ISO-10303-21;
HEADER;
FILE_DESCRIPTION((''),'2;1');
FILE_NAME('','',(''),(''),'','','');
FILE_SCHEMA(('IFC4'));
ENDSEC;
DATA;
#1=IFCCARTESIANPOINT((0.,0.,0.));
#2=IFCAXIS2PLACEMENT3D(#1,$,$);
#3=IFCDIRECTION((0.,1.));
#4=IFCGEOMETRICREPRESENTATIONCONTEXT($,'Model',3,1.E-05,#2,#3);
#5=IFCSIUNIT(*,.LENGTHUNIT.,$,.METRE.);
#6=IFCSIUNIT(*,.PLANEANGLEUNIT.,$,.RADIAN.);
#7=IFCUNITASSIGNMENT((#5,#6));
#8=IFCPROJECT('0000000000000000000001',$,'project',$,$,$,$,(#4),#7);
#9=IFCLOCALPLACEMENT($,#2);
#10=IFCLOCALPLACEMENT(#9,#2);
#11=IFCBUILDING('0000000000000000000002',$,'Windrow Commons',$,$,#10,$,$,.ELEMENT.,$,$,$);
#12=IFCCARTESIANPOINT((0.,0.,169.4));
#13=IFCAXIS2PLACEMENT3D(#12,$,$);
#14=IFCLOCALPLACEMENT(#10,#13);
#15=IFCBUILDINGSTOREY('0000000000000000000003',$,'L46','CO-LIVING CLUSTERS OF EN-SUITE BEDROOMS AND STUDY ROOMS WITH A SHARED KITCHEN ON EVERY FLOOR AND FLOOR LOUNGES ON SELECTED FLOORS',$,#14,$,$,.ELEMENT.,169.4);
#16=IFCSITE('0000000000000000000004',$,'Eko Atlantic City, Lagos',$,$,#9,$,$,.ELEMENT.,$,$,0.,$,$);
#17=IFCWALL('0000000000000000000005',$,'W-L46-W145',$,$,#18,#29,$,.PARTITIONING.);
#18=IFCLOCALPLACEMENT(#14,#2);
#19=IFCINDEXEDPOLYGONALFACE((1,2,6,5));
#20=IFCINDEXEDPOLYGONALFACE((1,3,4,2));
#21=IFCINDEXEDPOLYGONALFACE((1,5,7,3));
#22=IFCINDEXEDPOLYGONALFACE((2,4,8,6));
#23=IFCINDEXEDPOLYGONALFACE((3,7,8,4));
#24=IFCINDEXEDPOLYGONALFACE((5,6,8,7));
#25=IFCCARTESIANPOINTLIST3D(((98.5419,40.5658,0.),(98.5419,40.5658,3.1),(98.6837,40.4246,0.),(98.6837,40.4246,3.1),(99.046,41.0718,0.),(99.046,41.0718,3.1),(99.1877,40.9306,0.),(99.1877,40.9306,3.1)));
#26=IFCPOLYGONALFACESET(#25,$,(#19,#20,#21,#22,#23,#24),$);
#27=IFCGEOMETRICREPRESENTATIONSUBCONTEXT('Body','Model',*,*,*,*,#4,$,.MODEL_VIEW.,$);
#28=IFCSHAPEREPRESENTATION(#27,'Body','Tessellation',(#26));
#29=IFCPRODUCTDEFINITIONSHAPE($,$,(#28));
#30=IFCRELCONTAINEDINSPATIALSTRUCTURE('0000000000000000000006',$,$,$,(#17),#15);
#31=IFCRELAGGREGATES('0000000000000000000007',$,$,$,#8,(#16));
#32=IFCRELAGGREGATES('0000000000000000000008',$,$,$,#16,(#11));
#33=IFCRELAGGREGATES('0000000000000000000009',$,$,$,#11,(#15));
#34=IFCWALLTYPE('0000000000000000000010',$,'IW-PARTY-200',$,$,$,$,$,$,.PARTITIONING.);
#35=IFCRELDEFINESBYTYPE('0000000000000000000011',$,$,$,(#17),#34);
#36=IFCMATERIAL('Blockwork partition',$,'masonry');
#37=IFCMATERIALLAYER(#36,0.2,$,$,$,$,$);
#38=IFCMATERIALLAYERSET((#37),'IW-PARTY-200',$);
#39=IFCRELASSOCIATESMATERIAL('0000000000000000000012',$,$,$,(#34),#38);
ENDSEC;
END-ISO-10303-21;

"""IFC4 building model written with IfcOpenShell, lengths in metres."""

from ifc_helpers import new_model, si_unit, direction, frame, frame_2d, origin, place, context, subcontext, project, spatial, rectangle, extrude, material, layer, layer_set, type_object, element, save


model = new_model("IFC4")

# Units and contexts
model_context = context("Model", 3, precision=1e-05, world=origin(), true_north=direction((0.0, 1.0)))
body_context = subcontext(model_context, "Body", "Model", "MODEL_VIEW")
ifc_project = project(units=[si_unit("LENGTHUNIT", "METRE"), si_unit("PLANEANGLEUNIT", "RADIAN")], contexts=[model_context])

# Site, building, storey
site_placement = place(None, origin())
site = spatial("IfcSite", under=ifc_project, at=site_placement, Name="Eko Atlantic City, Lagos", CompositionType="ELEMENT", RefElevation=0.0)
building_placement = place(site_placement, origin())
building = spatial("IfcBuilding", under=site, at=building_placement, Name="Windrow Commons", CompositionType="ELEMENT")
storey_placement = place(building_placement, frame((0.0, 0.0, 169.4)))
storey = spatial("IfcBuildingStorey", under=building, at=storey_placement, Name="L46", Description="CO-LIVING CLUSTERS OF EN-SUITE BEDROOMS AND STUDY ROOMS WITH A SHARED KITCHEN ON EVERY FLOOR AND FLOOR LOUNGES ON SELECTED FLOORS", CompositionType="ELEMENT", Elevation=169.4)

# Wall
ifc_material_1 = material(Name="Blockwork partition", Category="masonry")
ifc_layer_1 = layer(ifc_material_1, 0.2)
ifc_layer_set_1 = layer_set([ifc_layer_1], Name="IW-PARTY-200")
wall_type_1 = type_object("IfcWallType", Name="IW-PARTY-200", PredefinedType="PARTITIONING", material=ifc_layer_set_1)
wall_1_placement = place(storey_placement, frame((98.6128, 40.4952, 0.0), z_axis=(0.0, 0.0, 1.0), x_axis=(0.705705, 0.708506, 0.0)))
element("IfcWall", 1, at=wall_1_placement, inside=storey, type_object=wall_type_1, Name="W-L46-W145", PredefinedType="PARTITIONING", context=body_context, shape_type="SweptSolid", body=[
    extrude(rectangle(XDim=0.7142, YDim=0.2, at=frame_2d((0.3571, 0.0))), origin(), (0.0, 0.0, 1.0), 3.1),
])

save(model, "model.ifc")
